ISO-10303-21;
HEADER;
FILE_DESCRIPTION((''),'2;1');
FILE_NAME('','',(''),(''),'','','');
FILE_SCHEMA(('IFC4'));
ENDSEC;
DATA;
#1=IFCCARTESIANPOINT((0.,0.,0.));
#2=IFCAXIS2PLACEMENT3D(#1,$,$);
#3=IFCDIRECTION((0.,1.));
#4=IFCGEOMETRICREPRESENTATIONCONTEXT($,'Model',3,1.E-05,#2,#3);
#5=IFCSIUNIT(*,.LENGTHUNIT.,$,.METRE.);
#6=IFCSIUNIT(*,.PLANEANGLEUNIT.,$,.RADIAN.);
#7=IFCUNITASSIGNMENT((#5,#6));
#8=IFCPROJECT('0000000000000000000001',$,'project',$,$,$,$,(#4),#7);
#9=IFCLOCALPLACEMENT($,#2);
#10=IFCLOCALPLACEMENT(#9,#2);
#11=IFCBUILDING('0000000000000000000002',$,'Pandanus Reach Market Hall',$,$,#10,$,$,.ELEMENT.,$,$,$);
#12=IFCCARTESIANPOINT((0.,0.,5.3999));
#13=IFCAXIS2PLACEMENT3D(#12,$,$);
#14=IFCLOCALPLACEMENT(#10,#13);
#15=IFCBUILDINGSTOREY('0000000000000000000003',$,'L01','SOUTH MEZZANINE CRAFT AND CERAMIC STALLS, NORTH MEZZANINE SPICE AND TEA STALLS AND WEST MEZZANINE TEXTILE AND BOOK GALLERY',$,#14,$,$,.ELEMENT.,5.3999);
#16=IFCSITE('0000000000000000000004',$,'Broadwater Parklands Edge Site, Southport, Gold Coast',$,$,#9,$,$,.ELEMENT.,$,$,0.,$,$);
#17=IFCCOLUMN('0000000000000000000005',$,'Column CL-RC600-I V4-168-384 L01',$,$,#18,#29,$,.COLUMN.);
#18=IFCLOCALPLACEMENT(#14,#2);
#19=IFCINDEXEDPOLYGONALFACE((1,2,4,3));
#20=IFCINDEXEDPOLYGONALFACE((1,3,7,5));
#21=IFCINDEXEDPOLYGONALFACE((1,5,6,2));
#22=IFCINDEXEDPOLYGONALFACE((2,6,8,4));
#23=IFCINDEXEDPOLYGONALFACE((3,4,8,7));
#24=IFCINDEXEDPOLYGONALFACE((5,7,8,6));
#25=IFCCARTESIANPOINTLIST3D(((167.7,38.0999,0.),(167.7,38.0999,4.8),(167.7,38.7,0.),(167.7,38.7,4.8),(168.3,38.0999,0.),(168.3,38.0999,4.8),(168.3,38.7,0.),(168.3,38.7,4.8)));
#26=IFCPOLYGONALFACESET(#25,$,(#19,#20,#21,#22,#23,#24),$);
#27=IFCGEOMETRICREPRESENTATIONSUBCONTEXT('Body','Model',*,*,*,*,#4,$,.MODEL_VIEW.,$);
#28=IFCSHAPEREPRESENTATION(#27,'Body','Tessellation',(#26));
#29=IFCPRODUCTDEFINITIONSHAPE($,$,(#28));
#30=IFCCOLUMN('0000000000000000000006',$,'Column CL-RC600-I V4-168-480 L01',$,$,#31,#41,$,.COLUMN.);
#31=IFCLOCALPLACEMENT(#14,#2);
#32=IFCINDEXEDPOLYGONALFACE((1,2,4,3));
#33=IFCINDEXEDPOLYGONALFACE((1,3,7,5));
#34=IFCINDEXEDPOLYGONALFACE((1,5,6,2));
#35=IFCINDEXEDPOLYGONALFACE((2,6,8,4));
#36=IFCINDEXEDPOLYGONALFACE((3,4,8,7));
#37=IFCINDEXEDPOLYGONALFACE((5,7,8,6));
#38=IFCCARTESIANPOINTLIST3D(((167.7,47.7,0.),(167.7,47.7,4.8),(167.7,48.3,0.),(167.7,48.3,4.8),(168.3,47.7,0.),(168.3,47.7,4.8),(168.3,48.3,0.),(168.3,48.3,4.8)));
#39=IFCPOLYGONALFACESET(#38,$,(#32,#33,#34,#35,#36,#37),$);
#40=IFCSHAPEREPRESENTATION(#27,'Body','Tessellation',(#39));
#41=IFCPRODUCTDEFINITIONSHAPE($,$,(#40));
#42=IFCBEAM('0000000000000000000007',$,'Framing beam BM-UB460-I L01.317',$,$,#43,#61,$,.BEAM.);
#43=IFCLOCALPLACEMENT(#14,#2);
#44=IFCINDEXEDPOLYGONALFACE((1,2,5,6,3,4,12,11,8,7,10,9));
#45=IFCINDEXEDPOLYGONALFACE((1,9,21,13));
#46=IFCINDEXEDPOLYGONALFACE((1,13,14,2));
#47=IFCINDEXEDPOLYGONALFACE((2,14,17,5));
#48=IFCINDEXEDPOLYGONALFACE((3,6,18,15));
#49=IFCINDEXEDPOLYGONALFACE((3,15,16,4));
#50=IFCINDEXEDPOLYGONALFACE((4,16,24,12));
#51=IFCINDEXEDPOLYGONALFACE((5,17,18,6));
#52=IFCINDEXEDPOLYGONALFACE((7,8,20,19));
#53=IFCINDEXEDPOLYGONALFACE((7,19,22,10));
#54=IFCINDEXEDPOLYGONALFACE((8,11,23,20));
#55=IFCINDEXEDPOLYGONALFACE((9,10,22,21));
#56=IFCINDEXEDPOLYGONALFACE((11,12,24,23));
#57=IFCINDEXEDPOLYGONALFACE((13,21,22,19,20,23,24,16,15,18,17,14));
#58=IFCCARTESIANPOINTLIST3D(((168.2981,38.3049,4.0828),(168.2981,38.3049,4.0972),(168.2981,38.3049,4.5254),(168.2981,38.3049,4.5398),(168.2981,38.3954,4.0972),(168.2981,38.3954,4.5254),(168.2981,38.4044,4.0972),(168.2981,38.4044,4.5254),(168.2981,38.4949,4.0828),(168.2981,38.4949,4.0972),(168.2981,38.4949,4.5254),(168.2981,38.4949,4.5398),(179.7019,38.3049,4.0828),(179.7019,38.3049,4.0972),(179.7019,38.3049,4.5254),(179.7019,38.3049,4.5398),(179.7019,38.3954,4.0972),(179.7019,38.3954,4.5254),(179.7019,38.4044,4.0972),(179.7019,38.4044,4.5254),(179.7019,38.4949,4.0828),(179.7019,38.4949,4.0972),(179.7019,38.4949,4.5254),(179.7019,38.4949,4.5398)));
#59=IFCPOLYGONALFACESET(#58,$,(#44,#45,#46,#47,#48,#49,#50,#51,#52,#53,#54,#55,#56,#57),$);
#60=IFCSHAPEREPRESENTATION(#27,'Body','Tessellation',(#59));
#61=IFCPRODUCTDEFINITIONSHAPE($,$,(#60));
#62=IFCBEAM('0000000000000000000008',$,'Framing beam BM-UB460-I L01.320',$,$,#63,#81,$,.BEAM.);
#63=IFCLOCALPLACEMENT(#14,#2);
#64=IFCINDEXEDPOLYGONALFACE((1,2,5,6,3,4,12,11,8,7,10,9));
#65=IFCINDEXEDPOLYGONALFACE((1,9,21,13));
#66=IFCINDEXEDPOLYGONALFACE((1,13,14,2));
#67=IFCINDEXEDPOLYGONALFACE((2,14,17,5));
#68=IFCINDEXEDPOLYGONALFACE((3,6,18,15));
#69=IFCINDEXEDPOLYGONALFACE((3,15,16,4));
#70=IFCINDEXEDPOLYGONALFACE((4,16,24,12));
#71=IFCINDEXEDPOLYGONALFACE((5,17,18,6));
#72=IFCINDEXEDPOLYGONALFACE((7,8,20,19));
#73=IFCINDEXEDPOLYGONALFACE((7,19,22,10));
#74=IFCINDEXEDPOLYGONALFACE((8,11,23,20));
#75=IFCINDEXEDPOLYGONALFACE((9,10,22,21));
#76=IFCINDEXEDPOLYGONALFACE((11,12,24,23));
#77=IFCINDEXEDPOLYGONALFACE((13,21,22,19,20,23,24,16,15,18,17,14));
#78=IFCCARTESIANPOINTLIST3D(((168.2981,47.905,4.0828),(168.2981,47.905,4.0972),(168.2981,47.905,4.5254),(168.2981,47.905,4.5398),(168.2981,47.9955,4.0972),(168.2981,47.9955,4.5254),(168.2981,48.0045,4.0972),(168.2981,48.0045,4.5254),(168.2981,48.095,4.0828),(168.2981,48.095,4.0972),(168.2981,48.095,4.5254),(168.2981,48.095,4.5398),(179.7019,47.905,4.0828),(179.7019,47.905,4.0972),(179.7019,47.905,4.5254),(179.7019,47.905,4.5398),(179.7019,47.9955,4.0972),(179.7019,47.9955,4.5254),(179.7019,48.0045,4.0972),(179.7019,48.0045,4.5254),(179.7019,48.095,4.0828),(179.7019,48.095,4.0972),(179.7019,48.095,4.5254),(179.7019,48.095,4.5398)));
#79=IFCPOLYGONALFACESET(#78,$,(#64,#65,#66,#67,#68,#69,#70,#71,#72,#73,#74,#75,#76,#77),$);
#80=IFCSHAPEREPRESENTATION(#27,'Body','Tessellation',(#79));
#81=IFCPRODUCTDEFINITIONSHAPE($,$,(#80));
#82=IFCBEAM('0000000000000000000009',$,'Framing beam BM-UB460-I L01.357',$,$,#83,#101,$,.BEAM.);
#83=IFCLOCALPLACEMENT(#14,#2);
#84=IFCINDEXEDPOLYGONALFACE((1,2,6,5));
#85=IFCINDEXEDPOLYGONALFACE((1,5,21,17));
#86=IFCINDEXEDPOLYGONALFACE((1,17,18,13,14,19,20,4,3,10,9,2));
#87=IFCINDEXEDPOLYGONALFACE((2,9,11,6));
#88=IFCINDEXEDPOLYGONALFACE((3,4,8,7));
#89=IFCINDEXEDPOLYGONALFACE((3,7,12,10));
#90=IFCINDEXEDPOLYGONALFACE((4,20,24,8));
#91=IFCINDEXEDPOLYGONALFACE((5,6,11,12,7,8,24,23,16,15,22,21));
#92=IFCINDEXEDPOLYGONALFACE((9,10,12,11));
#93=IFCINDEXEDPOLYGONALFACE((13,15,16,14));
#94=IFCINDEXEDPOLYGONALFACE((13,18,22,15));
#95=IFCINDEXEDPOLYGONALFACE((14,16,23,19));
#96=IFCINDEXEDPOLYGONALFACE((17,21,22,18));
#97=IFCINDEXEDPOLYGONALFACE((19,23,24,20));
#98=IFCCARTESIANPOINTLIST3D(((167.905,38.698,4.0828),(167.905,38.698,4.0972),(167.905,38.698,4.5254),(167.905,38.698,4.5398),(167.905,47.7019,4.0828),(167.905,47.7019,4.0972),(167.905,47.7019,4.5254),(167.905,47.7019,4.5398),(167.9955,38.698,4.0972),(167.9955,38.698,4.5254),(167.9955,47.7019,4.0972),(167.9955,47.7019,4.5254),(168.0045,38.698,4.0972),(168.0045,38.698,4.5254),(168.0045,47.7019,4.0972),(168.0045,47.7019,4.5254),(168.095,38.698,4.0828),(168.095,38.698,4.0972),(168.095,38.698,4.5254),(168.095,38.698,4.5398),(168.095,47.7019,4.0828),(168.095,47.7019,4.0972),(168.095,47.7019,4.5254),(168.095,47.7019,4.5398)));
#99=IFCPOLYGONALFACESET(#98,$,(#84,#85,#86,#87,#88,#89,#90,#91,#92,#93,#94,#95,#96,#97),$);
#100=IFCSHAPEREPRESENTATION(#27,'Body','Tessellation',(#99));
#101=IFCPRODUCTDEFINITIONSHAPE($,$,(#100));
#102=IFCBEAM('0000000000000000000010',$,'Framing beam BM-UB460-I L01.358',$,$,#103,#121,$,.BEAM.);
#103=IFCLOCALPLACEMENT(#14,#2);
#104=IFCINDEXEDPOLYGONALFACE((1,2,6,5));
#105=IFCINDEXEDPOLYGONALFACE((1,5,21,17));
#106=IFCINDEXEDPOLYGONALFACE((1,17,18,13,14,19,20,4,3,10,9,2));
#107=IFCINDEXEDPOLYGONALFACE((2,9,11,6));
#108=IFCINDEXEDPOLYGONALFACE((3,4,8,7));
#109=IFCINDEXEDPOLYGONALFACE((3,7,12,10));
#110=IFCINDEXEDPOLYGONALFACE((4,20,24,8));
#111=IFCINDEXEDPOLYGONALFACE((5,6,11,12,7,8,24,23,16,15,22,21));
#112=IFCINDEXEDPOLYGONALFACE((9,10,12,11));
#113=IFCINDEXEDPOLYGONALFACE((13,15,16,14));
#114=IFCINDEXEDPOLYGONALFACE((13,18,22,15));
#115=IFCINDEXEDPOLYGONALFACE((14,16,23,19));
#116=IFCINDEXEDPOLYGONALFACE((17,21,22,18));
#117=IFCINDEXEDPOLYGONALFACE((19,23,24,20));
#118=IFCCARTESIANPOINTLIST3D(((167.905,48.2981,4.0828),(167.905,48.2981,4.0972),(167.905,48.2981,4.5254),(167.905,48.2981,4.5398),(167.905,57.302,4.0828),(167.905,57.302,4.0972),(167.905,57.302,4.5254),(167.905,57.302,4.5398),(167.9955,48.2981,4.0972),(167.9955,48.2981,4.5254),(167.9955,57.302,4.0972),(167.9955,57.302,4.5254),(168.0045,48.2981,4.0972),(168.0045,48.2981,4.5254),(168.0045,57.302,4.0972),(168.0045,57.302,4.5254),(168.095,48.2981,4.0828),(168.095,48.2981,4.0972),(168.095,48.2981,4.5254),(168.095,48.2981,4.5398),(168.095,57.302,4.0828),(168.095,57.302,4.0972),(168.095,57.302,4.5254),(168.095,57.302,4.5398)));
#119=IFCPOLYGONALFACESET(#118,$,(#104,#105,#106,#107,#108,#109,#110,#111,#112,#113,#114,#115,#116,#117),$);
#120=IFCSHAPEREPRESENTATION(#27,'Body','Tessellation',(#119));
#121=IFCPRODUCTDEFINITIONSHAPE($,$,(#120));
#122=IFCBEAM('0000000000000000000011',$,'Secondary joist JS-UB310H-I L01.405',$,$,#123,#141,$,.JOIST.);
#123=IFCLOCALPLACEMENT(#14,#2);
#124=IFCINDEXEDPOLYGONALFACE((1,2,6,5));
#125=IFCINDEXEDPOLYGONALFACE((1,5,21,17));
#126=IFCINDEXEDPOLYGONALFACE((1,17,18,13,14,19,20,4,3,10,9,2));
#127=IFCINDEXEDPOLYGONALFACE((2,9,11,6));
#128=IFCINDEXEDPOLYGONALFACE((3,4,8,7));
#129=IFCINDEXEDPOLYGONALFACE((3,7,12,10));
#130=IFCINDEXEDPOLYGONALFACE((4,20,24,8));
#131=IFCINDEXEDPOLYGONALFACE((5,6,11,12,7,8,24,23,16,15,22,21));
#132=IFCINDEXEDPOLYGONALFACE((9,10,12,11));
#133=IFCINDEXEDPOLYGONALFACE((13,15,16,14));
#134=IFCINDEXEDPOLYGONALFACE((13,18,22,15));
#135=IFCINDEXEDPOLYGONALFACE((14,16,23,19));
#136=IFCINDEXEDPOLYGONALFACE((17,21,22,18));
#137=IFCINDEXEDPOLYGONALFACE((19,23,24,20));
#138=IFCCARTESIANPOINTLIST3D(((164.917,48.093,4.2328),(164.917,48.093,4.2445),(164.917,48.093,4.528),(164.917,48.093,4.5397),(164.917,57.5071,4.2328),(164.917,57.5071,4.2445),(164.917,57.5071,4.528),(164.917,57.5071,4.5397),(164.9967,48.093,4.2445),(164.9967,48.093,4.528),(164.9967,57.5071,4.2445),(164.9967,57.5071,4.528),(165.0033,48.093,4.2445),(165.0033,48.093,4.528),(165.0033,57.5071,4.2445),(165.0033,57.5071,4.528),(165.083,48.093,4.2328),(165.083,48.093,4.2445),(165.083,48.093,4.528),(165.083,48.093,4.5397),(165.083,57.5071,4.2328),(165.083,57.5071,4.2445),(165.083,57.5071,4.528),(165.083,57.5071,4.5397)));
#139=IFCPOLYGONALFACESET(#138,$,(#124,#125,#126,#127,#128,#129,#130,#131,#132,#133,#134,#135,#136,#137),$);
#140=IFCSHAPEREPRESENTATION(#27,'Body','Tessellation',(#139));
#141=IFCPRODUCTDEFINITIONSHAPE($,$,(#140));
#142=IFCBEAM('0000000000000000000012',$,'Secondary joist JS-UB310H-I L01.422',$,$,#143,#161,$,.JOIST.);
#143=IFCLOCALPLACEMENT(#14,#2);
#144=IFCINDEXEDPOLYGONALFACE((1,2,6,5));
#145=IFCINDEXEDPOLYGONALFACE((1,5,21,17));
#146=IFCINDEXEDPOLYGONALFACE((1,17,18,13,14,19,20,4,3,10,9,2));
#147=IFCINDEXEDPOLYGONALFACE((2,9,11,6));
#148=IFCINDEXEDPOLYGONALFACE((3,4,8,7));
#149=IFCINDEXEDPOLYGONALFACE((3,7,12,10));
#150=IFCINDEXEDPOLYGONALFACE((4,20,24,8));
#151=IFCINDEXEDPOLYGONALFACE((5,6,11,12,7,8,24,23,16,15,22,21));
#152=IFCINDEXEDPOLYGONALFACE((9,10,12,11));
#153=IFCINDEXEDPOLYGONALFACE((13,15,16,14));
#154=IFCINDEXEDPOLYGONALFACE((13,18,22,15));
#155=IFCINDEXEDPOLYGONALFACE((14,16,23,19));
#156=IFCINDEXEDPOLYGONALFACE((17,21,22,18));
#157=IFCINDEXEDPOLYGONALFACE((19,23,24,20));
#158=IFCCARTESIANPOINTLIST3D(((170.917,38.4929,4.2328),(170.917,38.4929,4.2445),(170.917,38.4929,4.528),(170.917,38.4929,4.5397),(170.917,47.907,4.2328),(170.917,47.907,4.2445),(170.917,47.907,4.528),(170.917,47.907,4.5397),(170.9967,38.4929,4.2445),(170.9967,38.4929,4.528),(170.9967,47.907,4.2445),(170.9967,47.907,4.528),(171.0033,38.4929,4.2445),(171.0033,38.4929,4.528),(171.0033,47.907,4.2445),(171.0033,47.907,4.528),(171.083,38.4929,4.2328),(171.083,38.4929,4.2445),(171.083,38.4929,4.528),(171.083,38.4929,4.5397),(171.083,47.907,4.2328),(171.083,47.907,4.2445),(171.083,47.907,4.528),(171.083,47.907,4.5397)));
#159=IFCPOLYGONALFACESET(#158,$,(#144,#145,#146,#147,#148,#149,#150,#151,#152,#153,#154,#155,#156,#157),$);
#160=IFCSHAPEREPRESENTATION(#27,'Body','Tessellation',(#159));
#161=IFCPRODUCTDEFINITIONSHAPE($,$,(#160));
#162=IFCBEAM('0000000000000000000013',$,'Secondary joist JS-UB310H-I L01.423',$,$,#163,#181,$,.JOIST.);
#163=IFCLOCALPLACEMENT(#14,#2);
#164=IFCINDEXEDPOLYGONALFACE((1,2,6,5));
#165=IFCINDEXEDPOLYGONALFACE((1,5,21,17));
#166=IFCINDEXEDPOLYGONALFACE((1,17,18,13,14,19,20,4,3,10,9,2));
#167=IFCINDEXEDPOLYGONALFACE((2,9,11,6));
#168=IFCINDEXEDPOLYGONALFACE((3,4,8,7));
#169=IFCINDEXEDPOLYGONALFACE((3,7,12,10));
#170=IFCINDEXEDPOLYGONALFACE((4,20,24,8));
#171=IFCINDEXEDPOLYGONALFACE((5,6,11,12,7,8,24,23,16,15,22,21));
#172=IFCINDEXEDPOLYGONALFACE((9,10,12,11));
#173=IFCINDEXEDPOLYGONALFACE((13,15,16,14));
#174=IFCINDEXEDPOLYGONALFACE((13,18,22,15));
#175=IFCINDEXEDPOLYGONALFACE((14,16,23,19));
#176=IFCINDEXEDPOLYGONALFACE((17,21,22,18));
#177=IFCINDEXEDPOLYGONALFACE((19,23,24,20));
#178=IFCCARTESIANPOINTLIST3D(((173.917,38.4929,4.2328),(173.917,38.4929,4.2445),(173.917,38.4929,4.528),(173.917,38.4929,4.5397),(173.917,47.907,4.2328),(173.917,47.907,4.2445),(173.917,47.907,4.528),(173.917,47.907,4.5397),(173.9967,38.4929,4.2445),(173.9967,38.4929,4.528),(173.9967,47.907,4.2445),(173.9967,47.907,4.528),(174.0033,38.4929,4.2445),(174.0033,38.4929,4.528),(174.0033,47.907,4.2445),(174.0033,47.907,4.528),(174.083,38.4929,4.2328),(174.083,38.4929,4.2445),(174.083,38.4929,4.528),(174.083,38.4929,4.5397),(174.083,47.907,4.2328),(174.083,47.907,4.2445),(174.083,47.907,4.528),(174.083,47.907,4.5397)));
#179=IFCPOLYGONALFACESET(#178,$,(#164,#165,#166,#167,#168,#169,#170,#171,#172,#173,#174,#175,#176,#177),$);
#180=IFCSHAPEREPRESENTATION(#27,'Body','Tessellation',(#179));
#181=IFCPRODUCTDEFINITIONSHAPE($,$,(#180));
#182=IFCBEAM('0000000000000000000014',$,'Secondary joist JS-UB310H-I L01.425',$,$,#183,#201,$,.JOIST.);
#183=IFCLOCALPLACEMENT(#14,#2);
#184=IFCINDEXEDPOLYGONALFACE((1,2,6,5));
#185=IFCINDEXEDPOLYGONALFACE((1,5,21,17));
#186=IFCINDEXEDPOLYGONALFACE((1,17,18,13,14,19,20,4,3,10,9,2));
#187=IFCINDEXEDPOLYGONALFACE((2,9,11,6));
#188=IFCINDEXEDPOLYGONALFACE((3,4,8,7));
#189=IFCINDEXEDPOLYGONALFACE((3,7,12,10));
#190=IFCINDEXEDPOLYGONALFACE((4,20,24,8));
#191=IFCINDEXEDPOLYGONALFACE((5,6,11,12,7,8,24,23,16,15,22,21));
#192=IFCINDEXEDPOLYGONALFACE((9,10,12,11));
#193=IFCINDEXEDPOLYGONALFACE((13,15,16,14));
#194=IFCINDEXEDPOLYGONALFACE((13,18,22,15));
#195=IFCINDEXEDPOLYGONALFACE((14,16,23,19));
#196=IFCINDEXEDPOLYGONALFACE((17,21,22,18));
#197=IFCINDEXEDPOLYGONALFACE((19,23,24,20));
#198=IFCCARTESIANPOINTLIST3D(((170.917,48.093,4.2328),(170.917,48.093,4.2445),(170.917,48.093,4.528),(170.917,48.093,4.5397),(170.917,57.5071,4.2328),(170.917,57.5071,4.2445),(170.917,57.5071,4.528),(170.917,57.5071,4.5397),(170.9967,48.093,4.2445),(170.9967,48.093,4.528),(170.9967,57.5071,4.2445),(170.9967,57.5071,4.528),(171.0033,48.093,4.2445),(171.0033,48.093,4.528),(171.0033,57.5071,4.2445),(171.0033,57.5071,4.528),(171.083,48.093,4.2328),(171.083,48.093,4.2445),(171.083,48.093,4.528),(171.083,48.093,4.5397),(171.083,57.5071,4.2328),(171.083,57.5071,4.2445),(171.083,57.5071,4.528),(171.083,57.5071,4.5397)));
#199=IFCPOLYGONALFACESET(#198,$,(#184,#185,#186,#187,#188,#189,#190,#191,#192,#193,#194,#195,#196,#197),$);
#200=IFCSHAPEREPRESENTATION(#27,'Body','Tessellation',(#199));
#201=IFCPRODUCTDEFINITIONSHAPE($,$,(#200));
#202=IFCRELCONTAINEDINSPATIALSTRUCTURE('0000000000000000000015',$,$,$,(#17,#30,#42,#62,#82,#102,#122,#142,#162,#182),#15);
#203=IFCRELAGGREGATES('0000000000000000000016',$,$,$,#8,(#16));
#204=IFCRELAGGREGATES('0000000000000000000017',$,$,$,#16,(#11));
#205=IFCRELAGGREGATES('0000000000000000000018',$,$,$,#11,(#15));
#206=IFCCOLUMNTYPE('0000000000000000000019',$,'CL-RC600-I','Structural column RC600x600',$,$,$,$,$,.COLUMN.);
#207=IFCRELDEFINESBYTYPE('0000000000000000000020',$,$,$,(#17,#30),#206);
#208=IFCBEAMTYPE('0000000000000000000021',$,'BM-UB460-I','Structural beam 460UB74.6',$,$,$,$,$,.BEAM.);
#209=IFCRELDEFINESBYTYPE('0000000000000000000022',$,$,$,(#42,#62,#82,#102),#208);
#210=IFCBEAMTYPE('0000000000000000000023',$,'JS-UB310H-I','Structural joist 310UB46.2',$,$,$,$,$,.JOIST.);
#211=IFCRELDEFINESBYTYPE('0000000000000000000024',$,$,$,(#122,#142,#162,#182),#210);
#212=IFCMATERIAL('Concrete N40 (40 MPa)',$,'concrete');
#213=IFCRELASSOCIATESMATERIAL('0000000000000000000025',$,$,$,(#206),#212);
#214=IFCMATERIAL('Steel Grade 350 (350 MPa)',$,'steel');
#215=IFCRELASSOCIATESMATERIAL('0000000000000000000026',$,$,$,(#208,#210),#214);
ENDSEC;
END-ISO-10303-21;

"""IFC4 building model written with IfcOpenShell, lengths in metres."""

from ifc_helpers import new_model, si_unit, direction, frame, origin, origin_2d, place, context, subcontext, project, spatial, rectangle, i_section, extrude, material, material_profile, profile_set, type_object, element, save


model = new_model("IFC4")

# Units and contexts
model_context = context("Model", 3, precision=1e-05, world=origin(), true_north=direction((0.0, 1.0)))
body_context = subcontext(model_context, "Body", "Model", "MODEL_VIEW")
ifc_project = project(units=[si_unit("LENGTHUNIT", "METRE"), si_unit("PLANEANGLEUNIT", "RADIAN")], contexts=[model_context])

# Site, building, storey
site_placement = place(None, origin())
site = spatial("IfcSite", under=ifc_project, at=site_placement, Name="Broadwater Parklands Edge Site, Southport, Gold Coast", CompositionType="ELEMENT", RefElevation=0.0)
building_placement = place(site_placement, origin())
building = spatial("IfcBuilding", under=site, at=building_placement, Name="Pandanus Reach Market Hall", CompositionType="ELEMENT")
storey_placement = place(building_placement, frame((0.0, 0.0, 5.3999)))
storey = spatial("IfcBuildingStorey", under=building, at=storey_placement, Name="L01", Description="SOUTH MEZZANINE CRAFT AND CERAMIC STALLS, NORTH MEZZANINE SPICE AND TEA STALLS AND WEST MEZZANINE TEXTILE AND BOOK GALLERY", CompositionType="ELEMENT", Elevation=5.3999)

# Columns
ifc_material_1 = material(Name="Concrete N40 (40 MPa)", Category="concrete")
ifc_material_profile_1 = material_profile(ifc_material_1, rectangle(XDim=0.6001, YDim=0.6001, at=origin_2d()), Name="RC600x600", Category="LoadBearing")
ifc_profile_set_1 = profile_set([ifc_material_profile_1], Name="Concrete N40 (40 MPa)")
column_type = type_object("IfcColumnType", Name="CL-RC600-I", Description="Structural column RC600x600", PredefinedType="COLUMN", material=ifc_profile_set_1)
for number, where, z_axis, x_axis, name in (
    (1, (168.0, 38.3999, 0.0), (0.0, 0.0, 1.0), (1.0, 0.0, 0.0), "Column CL-RC600-I V4-168-384 L01"),
    (2, (168.0, 48.0, 0.0), (0.0, 0.0, 1.0), (1.0, 0.0, 0.0), "Column CL-RC600-I V4-168-480 L01"),
):
    element("IfcColumn", number, at=place(storey_placement, frame(where, z_axis=z_axis, x_axis=x_axis)), inside=storey, type_object=column_type, Name=name, PredefinedType="COLUMN", context=body_context, shape_type="SweptSolid", body=[
        extrude(rectangle(XDim=0.6001, YDim=0.6001, at=origin_2d()), origin(), (0.0, 0.0, 1.0), 4.8),
    ])

# Beams
ifc_material_2 = material(Name="Steel Grade 350 (350 MPa)", Category="steel")
ifc_material_profile_2 = material_profile(ifc_material_2, i_section(OverallWidth=0.1899, OverallDepth=0.457, WebThickness=0.009, FlangeThickness=0.0144, at=origin_2d()), Name="460UB74.6", Category="LoadBearing")
ifc_profile_set_2 = profile_set([ifc_material_profile_2], Name="Steel Grade 350 (350 MPa)")
beam_type_1 = type_object("IfcBeamType", Name="BM-UB460-I", Description="Structural beam 460UB74.6", PredefinedType="BEAM", material=ifc_profile_set_2)
for number, where, z_axis, x_axis, name in (
    (3, (168.2981, 38.3999, 4.3113), (1.0, 0.0, 0.0), (0.0, 1.0, 0.0), "Framing beam BM-UB460-I L01.317"),
    (4, (168.2981, 48.0, 4.3113), (1.0, 0.0, 0.0), (0.0, 1.0, 0.0), "Framing beam BM-UB460-I L01.320"),
):
    element("IfcBeam", number, at=place(storey_placement, frame(where, z_axis=z_axis, x_axis=x_axis)), inside=storey, type_object=beam_type_1, Name=name, PredefinedType="BEAM", context=body_context, shape_type="SweptSolid", body=[
        extrude(i_section(OverallWidth=0.1899, OverallDepth=0.457, WebThickness=0.009, FlangeThickness=0.0144, at=origin_2d()), origin(), (0.0, 0.0, 1.0), 11.4038),
    ])
for number, where, z_axis, x_axis, name in (
    (5, (168.0, 38.698, 4.3113), (0.0, 1.0, 0.0), (-1.0, 0.0, 0.0), "Framing beam BM-UB460-I L01.357"),
    (6, (168.0, 48.2981, 4.3113), (0.0, 1.0, 0.0), (-1.0, 0.0, 0.0), "Framing beam BM-UB460-I L01.358"),
):
    element("IfcBeam", number, at=place(storey_placement, frame(where, z_axis=z_axis, x_axis=x_axis)), inside=storey, type_object=beam_type_1, Name=name, PredefinedType="BEAM", context=body_context, shape_type="SweptSolid", body=[
        extrude(i_section(OverallWidth=0.1899, OverallDepth=0.457, WebThickness=0.009, FlangeThickness=0.0144, at=origin_2d()), origin(), (0.0, 0.0, 1.0), 9.0039),
    ])
ifc_material_profile_3 = material_profile(ifc_material_2, i_section(OverallWidth=0.166, OverallDepth=0.3069, WebThickness=0.0066, FlangeThickness=0.0117, at=origin_2d()), Name="310UB46.2", Category="LoadBearing")
ifc_profile_set_3 = profile_set([ifc_material_profile_3], Name="Steel Grade 350 (350 MPa)")
beam_type_2 = type_object("IfcBeamType", Name="JS-UB310H-I", Description="Structural joist 310UB46.2", PredefinedType="JOIST", material=ifc_profile_set_3)
for number, where, z_axis, x_axis, name in (
    (7, (165.0, 48.093, 4.3862), (0.0, 1.0, 0.0), (-1.0, 0.0, 0.0), "Secondary joist JS-UB310H-I L01.405"),
    (8, (171.0, 38.4929, 4.3862), (0.0, 1.0, 0.0), (-1.0, 0.0, 0.0), "Secondary joist JS-UB310H-I L01.422"),
    (9, (174.0, 38.4929, 4.3862), (0.0, 1.0, 0.0), (-1.0, 0.0, 0.0), "Secondary joist JS-UB310H-I L01.423"),
    (10, (171.0, 48.093, 4.3862), (0.0, 1.0, 0.0), (-1.0, 0.0, 0.0), "Secondary joist JS-UB310H-I L01.425"),
):
    element("IfcBeam", number, at=place(storey_placement, frame(where, z_axis=z_axis, x_axis=x_axis)), inside=storey, type_object=beam_type_2, Name=name, PredefinedType="JOIST", context=body_context, shape_type="SweptSolid", body=[
        extrude(i_section(OverallWidth=0.166, OverallDepth=0.3069, WebThickness=0.0066, FlangeThickness=0.0117, at=origin_2d()), origin(), (0.0, 0.0, 1.0), 9.4141),
    ])

save(model, "model.ifc")
